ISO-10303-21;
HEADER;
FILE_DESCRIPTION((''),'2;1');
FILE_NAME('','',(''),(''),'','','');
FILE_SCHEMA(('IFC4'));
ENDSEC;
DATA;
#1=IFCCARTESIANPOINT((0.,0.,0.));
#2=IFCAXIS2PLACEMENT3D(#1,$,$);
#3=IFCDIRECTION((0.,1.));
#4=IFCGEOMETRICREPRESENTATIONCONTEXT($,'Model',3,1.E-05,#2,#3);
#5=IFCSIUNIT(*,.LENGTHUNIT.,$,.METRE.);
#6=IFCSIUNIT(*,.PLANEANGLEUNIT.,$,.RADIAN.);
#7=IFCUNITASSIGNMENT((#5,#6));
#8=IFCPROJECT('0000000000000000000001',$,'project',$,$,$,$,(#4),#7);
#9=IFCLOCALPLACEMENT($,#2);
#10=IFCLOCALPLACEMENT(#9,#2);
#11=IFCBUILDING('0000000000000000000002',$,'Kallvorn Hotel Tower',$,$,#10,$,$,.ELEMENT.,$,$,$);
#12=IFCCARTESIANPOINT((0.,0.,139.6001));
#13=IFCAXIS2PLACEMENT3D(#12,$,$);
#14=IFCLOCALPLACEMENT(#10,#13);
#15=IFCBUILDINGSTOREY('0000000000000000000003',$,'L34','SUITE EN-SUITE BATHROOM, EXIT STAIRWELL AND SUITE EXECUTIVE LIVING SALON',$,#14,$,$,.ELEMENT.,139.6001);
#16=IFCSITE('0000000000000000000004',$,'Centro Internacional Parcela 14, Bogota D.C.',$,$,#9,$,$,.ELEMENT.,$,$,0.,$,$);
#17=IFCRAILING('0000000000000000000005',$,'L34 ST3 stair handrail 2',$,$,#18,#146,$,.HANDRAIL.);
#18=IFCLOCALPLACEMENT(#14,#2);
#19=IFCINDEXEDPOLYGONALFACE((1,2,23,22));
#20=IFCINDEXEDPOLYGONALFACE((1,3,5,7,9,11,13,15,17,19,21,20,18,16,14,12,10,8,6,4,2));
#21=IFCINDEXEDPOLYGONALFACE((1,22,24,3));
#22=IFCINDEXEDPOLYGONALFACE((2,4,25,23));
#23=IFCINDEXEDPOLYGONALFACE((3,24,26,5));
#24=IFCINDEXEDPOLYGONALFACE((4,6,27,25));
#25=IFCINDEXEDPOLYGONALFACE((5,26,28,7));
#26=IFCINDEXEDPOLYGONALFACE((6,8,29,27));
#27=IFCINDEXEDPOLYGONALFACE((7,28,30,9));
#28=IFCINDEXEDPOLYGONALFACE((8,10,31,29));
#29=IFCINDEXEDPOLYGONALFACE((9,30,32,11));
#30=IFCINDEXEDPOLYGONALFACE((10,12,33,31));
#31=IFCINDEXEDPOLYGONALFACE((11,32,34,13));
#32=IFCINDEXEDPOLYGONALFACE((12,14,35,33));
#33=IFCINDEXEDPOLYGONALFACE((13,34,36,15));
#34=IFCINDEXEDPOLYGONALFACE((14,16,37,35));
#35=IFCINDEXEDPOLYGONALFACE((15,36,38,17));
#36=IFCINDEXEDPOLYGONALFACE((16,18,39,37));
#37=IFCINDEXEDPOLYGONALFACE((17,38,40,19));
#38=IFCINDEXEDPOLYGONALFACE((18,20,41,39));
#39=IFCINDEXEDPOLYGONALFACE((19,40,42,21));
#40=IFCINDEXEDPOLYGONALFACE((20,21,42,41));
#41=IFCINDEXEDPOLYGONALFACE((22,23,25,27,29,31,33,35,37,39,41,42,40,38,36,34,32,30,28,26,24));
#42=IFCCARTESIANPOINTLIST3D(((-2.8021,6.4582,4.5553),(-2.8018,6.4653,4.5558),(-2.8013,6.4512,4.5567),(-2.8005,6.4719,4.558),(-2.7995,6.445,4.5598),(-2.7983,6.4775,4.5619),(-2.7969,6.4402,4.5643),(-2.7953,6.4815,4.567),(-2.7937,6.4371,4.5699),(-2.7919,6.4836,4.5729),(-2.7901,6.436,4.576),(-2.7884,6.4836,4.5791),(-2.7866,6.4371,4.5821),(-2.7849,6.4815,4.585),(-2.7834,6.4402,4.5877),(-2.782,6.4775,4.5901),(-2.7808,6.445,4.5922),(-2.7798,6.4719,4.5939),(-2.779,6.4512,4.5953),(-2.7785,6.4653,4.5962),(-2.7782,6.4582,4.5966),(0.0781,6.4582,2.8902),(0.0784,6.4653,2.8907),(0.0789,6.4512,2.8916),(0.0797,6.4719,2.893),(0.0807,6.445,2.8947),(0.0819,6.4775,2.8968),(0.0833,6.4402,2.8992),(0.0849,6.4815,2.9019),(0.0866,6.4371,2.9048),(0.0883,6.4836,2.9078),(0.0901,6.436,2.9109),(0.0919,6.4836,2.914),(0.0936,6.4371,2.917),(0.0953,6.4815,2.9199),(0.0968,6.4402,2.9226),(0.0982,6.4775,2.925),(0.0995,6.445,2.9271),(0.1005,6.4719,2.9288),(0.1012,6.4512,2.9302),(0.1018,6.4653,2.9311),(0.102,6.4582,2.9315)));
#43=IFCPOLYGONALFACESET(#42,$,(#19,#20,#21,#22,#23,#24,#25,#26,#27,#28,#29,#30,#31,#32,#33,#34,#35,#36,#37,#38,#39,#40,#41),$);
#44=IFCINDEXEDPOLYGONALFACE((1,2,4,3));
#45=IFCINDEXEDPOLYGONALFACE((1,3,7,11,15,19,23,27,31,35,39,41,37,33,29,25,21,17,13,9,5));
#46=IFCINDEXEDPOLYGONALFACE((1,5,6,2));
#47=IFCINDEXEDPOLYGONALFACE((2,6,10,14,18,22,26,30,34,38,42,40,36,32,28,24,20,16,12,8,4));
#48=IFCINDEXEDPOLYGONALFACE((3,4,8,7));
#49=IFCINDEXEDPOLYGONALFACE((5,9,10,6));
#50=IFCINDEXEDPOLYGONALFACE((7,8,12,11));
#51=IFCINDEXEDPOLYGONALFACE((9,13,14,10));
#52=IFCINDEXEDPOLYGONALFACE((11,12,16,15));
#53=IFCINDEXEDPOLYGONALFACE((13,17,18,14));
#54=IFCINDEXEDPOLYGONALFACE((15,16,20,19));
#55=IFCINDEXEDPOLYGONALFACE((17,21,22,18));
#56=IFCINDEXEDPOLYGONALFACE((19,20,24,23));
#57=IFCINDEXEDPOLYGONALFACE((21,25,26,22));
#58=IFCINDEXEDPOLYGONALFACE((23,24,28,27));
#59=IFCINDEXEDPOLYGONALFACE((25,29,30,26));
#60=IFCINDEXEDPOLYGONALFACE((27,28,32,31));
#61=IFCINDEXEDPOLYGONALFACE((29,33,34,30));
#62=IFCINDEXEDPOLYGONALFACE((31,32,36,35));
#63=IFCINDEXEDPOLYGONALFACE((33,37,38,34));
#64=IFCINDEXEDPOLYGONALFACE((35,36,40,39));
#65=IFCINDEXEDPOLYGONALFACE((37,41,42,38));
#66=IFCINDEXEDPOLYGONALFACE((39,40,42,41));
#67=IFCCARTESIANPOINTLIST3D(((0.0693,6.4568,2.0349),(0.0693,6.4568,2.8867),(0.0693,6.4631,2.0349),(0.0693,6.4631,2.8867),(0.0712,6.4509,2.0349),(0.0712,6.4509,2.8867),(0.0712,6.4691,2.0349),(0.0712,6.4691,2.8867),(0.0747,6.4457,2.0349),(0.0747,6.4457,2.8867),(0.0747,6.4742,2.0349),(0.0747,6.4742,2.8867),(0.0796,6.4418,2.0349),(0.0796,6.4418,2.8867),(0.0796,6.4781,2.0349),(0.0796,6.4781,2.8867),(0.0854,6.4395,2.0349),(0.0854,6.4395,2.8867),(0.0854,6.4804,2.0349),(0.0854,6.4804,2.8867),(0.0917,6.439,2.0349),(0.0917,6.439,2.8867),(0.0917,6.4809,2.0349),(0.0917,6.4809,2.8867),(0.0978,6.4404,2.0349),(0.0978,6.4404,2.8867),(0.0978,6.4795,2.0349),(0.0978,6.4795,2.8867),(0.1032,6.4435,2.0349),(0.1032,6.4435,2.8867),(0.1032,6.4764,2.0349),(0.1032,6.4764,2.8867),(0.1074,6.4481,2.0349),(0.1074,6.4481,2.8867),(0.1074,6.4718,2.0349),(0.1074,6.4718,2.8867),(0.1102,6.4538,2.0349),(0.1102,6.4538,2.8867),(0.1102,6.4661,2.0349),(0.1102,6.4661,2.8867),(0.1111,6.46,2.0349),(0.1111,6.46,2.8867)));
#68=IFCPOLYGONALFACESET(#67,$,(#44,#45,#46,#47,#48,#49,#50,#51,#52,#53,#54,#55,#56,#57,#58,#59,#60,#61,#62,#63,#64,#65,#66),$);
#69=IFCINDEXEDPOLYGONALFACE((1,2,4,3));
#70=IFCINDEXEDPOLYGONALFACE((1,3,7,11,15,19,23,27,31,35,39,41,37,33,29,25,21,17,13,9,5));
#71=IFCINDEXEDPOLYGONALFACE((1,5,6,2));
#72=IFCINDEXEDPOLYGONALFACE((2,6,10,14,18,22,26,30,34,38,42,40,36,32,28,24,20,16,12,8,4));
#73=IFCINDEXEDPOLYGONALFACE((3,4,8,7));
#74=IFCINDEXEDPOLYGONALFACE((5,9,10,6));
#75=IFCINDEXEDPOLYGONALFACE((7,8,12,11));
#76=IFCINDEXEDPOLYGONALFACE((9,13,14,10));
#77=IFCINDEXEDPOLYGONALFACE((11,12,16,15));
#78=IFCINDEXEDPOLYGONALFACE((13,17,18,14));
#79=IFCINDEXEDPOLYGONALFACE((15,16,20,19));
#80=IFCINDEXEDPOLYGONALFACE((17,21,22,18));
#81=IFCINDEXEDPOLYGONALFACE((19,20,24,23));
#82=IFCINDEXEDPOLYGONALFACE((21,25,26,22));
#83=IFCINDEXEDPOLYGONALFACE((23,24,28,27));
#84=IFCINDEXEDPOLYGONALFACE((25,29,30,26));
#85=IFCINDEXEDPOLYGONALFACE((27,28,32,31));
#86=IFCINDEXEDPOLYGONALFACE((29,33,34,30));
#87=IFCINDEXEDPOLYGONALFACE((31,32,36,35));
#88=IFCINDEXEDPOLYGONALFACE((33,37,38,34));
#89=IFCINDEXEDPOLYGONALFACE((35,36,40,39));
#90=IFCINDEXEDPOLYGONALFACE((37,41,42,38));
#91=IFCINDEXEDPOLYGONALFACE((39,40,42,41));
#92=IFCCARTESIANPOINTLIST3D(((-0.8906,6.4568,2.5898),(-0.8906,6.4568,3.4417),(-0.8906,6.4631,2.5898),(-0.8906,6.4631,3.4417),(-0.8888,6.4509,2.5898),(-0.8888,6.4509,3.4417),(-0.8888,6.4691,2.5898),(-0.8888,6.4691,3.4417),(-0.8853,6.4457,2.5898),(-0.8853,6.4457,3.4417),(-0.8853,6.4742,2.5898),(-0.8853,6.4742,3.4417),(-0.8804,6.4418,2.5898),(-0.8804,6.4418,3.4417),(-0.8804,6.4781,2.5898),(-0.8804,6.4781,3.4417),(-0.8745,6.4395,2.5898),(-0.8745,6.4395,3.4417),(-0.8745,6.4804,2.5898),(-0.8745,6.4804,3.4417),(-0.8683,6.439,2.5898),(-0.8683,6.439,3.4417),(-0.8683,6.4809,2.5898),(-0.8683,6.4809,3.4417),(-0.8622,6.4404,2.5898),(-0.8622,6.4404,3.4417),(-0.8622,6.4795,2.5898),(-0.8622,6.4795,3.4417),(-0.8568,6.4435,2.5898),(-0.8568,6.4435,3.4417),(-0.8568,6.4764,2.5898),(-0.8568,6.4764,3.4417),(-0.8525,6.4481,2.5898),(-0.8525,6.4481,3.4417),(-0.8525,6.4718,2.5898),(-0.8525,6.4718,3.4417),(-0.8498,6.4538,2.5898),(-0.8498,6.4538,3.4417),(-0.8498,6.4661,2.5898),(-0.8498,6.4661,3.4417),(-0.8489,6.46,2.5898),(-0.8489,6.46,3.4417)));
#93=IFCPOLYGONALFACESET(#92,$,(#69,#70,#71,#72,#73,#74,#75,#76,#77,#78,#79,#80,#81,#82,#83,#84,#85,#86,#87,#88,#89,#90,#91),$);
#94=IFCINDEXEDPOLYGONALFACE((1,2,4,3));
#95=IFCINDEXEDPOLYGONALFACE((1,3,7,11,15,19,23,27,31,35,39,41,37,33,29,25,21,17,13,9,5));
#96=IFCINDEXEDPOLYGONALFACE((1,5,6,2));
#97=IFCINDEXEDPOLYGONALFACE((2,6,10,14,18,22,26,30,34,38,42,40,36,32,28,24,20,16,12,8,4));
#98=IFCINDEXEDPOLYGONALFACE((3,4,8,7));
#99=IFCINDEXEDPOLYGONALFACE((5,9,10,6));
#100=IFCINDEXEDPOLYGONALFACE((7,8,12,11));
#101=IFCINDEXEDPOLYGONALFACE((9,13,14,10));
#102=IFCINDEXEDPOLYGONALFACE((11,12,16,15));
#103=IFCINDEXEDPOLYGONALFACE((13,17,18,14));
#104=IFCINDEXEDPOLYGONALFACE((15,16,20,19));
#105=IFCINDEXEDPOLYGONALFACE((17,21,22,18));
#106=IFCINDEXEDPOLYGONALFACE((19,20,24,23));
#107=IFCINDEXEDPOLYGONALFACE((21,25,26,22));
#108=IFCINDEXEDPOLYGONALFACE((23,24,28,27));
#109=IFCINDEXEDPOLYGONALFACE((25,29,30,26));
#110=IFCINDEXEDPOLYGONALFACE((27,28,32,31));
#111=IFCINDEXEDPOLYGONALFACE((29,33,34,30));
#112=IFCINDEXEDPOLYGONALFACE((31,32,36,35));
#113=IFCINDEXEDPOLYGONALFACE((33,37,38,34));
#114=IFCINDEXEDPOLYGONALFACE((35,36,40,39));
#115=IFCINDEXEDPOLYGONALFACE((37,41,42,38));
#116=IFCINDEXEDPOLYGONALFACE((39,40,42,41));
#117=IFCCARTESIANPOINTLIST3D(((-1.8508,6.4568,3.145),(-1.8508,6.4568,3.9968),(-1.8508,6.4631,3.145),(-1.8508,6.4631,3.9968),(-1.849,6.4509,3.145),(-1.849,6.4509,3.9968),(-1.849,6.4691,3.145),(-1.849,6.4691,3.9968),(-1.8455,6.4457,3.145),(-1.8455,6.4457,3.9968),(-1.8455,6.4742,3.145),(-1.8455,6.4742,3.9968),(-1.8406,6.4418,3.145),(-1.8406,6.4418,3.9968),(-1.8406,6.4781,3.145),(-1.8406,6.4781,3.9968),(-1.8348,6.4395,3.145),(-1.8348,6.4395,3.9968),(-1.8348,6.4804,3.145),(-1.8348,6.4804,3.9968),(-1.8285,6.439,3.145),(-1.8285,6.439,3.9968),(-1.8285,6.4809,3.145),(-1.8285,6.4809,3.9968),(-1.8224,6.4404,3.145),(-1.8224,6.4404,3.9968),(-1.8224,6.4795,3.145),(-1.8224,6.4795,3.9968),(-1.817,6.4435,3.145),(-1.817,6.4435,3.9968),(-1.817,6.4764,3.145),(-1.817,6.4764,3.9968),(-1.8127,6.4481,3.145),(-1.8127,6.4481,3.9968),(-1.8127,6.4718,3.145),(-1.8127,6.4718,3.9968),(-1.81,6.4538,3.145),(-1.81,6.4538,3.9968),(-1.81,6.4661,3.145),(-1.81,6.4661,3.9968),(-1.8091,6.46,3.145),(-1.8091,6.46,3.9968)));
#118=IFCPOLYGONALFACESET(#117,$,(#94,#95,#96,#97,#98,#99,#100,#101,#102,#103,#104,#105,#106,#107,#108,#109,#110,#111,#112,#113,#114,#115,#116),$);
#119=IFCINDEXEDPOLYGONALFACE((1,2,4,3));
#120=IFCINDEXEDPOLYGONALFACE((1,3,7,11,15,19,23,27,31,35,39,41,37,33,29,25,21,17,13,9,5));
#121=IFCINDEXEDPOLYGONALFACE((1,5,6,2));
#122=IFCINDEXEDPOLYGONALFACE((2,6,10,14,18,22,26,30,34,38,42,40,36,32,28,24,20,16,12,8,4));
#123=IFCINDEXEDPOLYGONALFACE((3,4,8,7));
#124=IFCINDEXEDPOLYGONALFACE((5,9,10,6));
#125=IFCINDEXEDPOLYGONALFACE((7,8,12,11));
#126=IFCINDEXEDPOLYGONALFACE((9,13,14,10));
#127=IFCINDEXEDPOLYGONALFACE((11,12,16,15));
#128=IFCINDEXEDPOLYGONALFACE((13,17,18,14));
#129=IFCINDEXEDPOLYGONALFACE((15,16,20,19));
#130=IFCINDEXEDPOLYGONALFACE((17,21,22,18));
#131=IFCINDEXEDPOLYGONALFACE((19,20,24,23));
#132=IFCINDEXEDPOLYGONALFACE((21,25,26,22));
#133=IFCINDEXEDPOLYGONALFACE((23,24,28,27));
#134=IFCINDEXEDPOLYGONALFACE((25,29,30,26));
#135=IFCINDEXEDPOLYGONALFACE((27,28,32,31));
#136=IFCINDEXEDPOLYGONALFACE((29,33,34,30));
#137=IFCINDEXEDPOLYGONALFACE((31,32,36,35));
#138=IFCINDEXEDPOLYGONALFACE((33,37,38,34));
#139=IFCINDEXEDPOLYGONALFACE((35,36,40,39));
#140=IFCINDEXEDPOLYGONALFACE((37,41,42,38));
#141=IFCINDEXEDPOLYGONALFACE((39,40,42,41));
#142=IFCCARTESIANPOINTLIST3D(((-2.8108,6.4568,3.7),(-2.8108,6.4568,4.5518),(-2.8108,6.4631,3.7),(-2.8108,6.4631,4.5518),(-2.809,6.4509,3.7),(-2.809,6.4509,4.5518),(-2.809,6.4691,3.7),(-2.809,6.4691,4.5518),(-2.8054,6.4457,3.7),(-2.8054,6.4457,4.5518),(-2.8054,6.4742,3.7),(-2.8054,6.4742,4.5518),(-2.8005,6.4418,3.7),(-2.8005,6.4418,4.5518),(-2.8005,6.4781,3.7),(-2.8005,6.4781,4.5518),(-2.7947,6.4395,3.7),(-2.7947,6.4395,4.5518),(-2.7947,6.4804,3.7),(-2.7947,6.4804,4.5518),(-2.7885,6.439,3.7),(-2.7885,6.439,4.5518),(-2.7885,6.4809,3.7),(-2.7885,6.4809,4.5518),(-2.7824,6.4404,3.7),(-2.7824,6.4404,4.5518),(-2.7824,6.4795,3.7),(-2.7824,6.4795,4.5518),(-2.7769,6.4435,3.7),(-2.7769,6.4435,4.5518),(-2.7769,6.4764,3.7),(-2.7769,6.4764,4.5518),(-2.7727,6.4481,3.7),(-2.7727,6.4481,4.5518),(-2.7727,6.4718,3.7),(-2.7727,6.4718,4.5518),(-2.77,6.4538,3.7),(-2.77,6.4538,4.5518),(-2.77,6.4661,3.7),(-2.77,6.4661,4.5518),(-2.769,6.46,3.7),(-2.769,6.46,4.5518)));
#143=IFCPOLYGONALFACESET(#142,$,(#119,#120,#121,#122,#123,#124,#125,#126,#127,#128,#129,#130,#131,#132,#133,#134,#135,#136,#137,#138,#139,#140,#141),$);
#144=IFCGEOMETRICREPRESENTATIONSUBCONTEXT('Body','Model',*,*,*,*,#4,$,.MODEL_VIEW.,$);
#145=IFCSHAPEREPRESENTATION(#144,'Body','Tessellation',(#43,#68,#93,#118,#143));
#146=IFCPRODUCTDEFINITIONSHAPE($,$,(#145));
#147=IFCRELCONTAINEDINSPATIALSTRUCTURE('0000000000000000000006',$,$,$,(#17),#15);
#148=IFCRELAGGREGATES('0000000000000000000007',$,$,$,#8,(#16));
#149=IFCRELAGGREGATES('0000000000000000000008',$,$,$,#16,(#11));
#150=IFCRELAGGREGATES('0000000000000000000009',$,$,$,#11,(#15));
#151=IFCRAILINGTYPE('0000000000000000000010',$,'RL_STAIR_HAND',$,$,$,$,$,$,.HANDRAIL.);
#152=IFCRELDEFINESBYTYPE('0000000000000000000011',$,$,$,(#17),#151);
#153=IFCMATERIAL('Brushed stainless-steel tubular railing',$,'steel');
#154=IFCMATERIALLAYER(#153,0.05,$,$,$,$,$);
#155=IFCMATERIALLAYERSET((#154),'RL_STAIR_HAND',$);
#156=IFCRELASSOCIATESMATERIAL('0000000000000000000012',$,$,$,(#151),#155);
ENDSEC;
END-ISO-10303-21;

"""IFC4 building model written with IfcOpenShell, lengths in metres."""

from ifc_helpers import new_model, si_unit, direction, frame, origin, origin_2d, place, context, subcontext, project, spatial, circle, extrude, material, layer, layer_set, type_object, element, save


model = new_model("IFC4")

# Units and contexts
model_context = context("Model", 3, precision=1e-05, world=origin(), true_north=direction((0.0, 1.0)))
body_context = subcontext(model_context, "Body", "Model", "MODEL_VIEW")
ifc_project = project(units=[si_unit("LENGTHUNIT", "METRE"), si_unit("PLANEANGLEUNIT", "RADIAN")], contexts=[model_context])

# Site, building, storey
site_placement = place(None, origin())
site = spatial("IfcSite", under=ifc_project, at=site_placement, Name="Centro Internacional Parcela 14, Bogota D.C.", CompositionType="ELEMENT", RefElevation=0.0)
building_placement = place(site_placement, origin())
building = spatial("IfcBuilding", under=site, at=building_placement, Name="Kallvorn Hotel Tower", CompositionType="ELEMENT")
storey_placement = place(building_placement, frame((0.0, 0.0, 139.6001)))
storey = spatial("IfcBuildingStorey", under=building, at=storey_placement, Name="L34", Description="SUITE EN-SUITE BATHROOM, EXIT STAIRWELL AND SUITE EXECUTIVE LIVING SALON", CompositionType="ELEMENT", Elevation=139.6001)

# Railing
ifc_material_1 = material(Name="Brushed stainless-steel tubular railing", Category="steel")
ifc_layer_1 = layer(ifc_material_1, 0.05)
ifc_layer_set_1 = layer_set([ifc_layer_1], Name="RL_STAIR_HAND")
railing_type_1 = type_object("IfcRailingType", Name="RL_STAIR_HAND", PredefinedType="HANDRAIL", material=ifc_layer_set_1)
railing_1_placement = place(storey_placement, frame((0.0901, 6.46, 2.0349)))
element("IfcRailing", 1, at=railing_1_placement, inside=storey, type_object=railing_type_1, Name="L34 ST3 stair handrail 2", PredefinedType="HANDRAIL", context=body_context, shape_type="SweptSolid", body=[
    extrude(circle(Radius=0.0239, at=origin_2d()), frame((0.0, 0.0, 0.876), z_axis=(-0.865739, 0.0, 0.500495), x_axis=(0.0, -1.0, 0.0)), (0.0, 0.0, 1.0), 3.3269),
    extrude(circle(Radius=0.021, at=origin_2d()), origin(), (0.0, 0.0, 1.0), 0.8518),
    extrude(circle(Radius=0.021, at=origin_2d()), frame((-0.96, 0.0, 0.5549)), (0.0, 0.0, 1.0), 0.8518),
    extrude(circle(Radius=0.021, at=origin_2d()), frame((-1.9202, 0.0, 1.1101)), (0.0, 0.0, 1.0), 0.8518),
    extrude(circle(Radius=0.021, at=origin_2d()), frame((-2.8801, 0.0, 1.665)), (0.0, 0.0, 1.0), 0.8518),
])

save(model, "model.ifc")
